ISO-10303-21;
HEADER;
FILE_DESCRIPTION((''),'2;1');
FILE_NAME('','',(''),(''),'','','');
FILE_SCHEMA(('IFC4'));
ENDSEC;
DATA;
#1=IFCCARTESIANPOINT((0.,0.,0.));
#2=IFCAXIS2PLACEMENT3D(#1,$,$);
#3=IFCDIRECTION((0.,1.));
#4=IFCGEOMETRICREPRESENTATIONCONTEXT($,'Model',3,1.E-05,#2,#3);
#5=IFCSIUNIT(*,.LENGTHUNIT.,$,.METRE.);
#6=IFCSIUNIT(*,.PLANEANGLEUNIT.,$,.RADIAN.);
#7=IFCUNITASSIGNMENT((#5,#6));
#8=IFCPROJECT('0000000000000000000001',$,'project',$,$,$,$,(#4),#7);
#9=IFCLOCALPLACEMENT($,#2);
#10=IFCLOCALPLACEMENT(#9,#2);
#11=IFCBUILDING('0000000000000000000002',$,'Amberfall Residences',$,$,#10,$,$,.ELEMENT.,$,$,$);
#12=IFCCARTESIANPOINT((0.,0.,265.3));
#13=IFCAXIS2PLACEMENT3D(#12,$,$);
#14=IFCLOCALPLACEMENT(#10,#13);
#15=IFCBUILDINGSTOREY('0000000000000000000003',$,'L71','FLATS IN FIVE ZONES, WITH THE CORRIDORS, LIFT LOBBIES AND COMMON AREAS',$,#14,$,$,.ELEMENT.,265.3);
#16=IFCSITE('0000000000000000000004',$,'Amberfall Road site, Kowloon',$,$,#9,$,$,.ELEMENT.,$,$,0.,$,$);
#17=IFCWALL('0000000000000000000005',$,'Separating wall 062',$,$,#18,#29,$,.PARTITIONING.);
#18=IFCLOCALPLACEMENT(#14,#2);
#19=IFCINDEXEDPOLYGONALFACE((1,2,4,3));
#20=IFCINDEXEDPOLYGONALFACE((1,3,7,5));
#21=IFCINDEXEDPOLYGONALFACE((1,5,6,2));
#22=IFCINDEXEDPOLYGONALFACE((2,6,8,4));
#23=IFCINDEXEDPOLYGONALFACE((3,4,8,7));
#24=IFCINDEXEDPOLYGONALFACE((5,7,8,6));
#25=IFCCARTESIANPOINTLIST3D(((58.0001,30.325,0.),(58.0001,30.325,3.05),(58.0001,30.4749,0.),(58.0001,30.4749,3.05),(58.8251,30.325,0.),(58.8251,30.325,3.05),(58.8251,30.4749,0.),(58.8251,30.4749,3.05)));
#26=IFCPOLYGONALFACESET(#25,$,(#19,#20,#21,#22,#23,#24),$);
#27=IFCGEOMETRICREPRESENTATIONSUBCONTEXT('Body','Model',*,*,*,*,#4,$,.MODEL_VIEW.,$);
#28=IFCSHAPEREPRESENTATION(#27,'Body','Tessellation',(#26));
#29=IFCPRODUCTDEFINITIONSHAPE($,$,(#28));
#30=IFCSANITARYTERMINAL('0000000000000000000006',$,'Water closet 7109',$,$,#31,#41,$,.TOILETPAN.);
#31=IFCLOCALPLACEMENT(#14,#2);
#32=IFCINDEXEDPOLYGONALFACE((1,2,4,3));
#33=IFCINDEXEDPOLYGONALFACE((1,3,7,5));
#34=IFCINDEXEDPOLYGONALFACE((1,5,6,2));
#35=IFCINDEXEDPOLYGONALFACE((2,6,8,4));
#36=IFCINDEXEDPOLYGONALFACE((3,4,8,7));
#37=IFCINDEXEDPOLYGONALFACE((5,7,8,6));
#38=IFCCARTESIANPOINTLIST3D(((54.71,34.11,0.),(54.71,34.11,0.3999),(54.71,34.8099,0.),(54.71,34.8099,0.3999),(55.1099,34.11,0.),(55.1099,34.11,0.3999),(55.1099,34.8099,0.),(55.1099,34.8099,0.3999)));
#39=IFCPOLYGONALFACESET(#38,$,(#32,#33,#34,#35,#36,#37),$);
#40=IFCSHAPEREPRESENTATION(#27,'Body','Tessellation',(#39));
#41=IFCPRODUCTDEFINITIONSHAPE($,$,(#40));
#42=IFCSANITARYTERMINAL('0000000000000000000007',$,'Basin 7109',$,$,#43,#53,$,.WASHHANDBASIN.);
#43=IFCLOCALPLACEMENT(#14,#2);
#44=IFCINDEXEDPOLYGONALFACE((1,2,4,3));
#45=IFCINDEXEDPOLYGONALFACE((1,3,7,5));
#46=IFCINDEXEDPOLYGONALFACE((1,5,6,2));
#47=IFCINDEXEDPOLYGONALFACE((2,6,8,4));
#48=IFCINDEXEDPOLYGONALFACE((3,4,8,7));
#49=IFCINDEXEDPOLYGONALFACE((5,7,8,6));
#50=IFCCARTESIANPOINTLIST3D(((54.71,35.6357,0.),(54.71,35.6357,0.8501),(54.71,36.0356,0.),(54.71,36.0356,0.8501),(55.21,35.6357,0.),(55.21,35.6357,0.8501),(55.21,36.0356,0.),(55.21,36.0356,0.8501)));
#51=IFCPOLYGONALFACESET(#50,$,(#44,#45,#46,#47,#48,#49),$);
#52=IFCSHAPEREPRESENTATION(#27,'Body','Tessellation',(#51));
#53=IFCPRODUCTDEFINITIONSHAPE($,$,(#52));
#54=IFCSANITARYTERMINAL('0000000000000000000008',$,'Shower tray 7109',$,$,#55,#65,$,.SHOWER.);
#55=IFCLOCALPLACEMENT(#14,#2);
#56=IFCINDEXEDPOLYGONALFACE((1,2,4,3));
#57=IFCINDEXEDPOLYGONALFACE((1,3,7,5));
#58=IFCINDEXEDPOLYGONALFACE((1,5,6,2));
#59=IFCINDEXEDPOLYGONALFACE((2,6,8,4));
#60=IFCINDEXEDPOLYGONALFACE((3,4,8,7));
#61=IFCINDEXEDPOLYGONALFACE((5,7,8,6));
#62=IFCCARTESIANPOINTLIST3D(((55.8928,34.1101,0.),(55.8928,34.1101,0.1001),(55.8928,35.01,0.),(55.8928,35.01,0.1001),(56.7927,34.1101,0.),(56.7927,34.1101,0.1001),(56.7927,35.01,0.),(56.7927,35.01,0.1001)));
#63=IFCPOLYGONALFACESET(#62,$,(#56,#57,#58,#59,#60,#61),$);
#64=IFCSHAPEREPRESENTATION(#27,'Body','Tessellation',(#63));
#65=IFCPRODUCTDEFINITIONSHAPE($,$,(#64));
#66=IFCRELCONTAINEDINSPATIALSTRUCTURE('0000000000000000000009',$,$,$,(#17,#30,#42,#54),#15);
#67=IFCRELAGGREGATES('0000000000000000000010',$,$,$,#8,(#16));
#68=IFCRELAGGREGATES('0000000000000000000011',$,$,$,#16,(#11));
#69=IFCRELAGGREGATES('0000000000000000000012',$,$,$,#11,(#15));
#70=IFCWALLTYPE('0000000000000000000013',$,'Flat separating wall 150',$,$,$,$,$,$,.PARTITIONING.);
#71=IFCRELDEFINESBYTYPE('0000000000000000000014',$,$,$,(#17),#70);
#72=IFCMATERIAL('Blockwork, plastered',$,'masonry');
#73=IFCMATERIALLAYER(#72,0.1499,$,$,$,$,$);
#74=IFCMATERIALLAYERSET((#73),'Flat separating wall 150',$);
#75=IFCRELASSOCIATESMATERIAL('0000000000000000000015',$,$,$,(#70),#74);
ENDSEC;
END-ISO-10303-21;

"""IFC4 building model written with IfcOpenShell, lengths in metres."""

from ifc_helpers import new_model, si_unit, direction, frame, frame_2d, origin, origin_2d, place, context, subcontext, project, spatial, rectangle, extrude, material, layer, layer_set, type_object, element, save


model = new_model("IFC4")

# Units and contexts
model_context = context("Model", 3, precision=1e-05, world=origin(), true_north=direction((0.0, 1.0)))
body_context = subcontext(model_context, "Body", "Model", "MODEL_VIEW")
ifc_project = project(units=[si_unit("LENGTHUNIT", "METRE"), si_unit("PLANEANGLEUNIT", "RADIAN")], contexts=[model_context])

# Site, building, storey
site_placement = place(None, origin())
site = spatial("IfcSite", under=ifc_project, at=site_placement, Name="Amberfall Road site, Kowloon", CompositionType="ELEMENT", RefElevation=0.0)
building_placement = place(site_placement, origin())
building = spatial("IfcBuilding", under=site, at=building_placement, Name="Amberfall Residences", CompositionType="ELEMENT")
storey_placement = place(building_placement, frame((0.0, 0.0, 265.3)))
storey = spatial("IfcBuildingStorey", under=building, at=storey_placement, Name="L71", Description="FLATS IN FIVE ZONES, WITH THE CORRIDORS, LIFT LOBBIES AND COMMON AREAS", CompositionType="ELEMENT", Elevation=265.3)

# Wall
ifc_material_1 = material(Name="Blockwork, plastered", Category="masonry")
ifc_layer_1 = layer(ifc_material_1, 0.1499)
ifc_layer_set_1 = layer_set([ifc_layer_1], Name="Flat separating wall 150")
wall_type_1 = type_object("IfcWallType", Name="Flat separating wall 150", PredefinedType="PARTITIONING", material=ifc_layer_set_1)
wall_1_placement = place(storey_placement, frame((58.0, 30.3999, 0.0), z_axis=(0.0, 0.0, 1.0), x_axis=(1.0, 0.0, 0.0)))
element("IfcWall", 1, at=wall_1_placement, inside=storey, type_object=wall_type_1, Name="Separating wall 062", PredefinedType="PARTITIONING", context=body_context, shape_type="SweptSolid", body=[
    extrude(rectangle(XDim=0.825, YDim=0.1499, at=frame_2d((0.4126, 0.0))), origin(), (0.0, 0.0, 1.0), 3.05),
])

# Sanitary terminals
sanitary_terminal_1_placement = place(storey_placement, frame((54.9099, 34.46, 0.0), z_axis=(0.0, 0.0, 1.0), x_axis=(1.0, 0.0, 0.0)))
element("IfcSanitaryTerminal", 2, at=sanitary_terminal_1_placement, inside=storey, Name="Water closet 7109", PredefinedType="TOILETPAN", context=body_context, shape_type="SweptSolid", body=[
    extrude(rectangle(XDim=0.3999, YDim=0.7, at=origin_2d()), origin(), (0.0, 0.0, 1.0), 0.3999),
])
sanitary_terminal_2_placement = place(storey_placement, frame((54.96, 35.8357, 0.0), z_axis=(0.0, 0.0, 1.0), x_axis=(1.0, 0.0, 0.0)))
element("IfcSanitaryTerminal", 3, at=sanitary_terminal_2_placement, inside=storey, Name="Basin 7109", PredefinedType="WASHHANDBASIN", context=body_context, shape_type="SweptSolid", body=[
    extrude(rectangle(XDim=0.5, YDim=0.3999, at=origin_2d()), origin(), (0.0, 0.0, 1.0), 0.8501),
])
sanitary_terminal_3_placement = place(storey_placement, frame((56.3428, 34.5601, 0.0), z_axis=(0.0, 0.0, 1.0), x_axis=(1.0, 0.0, 0.0)))
element("IfcSanitaryTerminal", 4, at=sanitary_terminal_3_placement, inside=storey, Name="Shower tray 7109", PredefinedType="SHOWER", context=body_context, shape_type="SweptSolid", body=[
    extrude(rectangle(XDim=0.8999, YDim=0.8999, at=origin_2d()), origin(), (0.0, 0.0, 1.0), 0.1001),
])

save(model, "model.ifc")
